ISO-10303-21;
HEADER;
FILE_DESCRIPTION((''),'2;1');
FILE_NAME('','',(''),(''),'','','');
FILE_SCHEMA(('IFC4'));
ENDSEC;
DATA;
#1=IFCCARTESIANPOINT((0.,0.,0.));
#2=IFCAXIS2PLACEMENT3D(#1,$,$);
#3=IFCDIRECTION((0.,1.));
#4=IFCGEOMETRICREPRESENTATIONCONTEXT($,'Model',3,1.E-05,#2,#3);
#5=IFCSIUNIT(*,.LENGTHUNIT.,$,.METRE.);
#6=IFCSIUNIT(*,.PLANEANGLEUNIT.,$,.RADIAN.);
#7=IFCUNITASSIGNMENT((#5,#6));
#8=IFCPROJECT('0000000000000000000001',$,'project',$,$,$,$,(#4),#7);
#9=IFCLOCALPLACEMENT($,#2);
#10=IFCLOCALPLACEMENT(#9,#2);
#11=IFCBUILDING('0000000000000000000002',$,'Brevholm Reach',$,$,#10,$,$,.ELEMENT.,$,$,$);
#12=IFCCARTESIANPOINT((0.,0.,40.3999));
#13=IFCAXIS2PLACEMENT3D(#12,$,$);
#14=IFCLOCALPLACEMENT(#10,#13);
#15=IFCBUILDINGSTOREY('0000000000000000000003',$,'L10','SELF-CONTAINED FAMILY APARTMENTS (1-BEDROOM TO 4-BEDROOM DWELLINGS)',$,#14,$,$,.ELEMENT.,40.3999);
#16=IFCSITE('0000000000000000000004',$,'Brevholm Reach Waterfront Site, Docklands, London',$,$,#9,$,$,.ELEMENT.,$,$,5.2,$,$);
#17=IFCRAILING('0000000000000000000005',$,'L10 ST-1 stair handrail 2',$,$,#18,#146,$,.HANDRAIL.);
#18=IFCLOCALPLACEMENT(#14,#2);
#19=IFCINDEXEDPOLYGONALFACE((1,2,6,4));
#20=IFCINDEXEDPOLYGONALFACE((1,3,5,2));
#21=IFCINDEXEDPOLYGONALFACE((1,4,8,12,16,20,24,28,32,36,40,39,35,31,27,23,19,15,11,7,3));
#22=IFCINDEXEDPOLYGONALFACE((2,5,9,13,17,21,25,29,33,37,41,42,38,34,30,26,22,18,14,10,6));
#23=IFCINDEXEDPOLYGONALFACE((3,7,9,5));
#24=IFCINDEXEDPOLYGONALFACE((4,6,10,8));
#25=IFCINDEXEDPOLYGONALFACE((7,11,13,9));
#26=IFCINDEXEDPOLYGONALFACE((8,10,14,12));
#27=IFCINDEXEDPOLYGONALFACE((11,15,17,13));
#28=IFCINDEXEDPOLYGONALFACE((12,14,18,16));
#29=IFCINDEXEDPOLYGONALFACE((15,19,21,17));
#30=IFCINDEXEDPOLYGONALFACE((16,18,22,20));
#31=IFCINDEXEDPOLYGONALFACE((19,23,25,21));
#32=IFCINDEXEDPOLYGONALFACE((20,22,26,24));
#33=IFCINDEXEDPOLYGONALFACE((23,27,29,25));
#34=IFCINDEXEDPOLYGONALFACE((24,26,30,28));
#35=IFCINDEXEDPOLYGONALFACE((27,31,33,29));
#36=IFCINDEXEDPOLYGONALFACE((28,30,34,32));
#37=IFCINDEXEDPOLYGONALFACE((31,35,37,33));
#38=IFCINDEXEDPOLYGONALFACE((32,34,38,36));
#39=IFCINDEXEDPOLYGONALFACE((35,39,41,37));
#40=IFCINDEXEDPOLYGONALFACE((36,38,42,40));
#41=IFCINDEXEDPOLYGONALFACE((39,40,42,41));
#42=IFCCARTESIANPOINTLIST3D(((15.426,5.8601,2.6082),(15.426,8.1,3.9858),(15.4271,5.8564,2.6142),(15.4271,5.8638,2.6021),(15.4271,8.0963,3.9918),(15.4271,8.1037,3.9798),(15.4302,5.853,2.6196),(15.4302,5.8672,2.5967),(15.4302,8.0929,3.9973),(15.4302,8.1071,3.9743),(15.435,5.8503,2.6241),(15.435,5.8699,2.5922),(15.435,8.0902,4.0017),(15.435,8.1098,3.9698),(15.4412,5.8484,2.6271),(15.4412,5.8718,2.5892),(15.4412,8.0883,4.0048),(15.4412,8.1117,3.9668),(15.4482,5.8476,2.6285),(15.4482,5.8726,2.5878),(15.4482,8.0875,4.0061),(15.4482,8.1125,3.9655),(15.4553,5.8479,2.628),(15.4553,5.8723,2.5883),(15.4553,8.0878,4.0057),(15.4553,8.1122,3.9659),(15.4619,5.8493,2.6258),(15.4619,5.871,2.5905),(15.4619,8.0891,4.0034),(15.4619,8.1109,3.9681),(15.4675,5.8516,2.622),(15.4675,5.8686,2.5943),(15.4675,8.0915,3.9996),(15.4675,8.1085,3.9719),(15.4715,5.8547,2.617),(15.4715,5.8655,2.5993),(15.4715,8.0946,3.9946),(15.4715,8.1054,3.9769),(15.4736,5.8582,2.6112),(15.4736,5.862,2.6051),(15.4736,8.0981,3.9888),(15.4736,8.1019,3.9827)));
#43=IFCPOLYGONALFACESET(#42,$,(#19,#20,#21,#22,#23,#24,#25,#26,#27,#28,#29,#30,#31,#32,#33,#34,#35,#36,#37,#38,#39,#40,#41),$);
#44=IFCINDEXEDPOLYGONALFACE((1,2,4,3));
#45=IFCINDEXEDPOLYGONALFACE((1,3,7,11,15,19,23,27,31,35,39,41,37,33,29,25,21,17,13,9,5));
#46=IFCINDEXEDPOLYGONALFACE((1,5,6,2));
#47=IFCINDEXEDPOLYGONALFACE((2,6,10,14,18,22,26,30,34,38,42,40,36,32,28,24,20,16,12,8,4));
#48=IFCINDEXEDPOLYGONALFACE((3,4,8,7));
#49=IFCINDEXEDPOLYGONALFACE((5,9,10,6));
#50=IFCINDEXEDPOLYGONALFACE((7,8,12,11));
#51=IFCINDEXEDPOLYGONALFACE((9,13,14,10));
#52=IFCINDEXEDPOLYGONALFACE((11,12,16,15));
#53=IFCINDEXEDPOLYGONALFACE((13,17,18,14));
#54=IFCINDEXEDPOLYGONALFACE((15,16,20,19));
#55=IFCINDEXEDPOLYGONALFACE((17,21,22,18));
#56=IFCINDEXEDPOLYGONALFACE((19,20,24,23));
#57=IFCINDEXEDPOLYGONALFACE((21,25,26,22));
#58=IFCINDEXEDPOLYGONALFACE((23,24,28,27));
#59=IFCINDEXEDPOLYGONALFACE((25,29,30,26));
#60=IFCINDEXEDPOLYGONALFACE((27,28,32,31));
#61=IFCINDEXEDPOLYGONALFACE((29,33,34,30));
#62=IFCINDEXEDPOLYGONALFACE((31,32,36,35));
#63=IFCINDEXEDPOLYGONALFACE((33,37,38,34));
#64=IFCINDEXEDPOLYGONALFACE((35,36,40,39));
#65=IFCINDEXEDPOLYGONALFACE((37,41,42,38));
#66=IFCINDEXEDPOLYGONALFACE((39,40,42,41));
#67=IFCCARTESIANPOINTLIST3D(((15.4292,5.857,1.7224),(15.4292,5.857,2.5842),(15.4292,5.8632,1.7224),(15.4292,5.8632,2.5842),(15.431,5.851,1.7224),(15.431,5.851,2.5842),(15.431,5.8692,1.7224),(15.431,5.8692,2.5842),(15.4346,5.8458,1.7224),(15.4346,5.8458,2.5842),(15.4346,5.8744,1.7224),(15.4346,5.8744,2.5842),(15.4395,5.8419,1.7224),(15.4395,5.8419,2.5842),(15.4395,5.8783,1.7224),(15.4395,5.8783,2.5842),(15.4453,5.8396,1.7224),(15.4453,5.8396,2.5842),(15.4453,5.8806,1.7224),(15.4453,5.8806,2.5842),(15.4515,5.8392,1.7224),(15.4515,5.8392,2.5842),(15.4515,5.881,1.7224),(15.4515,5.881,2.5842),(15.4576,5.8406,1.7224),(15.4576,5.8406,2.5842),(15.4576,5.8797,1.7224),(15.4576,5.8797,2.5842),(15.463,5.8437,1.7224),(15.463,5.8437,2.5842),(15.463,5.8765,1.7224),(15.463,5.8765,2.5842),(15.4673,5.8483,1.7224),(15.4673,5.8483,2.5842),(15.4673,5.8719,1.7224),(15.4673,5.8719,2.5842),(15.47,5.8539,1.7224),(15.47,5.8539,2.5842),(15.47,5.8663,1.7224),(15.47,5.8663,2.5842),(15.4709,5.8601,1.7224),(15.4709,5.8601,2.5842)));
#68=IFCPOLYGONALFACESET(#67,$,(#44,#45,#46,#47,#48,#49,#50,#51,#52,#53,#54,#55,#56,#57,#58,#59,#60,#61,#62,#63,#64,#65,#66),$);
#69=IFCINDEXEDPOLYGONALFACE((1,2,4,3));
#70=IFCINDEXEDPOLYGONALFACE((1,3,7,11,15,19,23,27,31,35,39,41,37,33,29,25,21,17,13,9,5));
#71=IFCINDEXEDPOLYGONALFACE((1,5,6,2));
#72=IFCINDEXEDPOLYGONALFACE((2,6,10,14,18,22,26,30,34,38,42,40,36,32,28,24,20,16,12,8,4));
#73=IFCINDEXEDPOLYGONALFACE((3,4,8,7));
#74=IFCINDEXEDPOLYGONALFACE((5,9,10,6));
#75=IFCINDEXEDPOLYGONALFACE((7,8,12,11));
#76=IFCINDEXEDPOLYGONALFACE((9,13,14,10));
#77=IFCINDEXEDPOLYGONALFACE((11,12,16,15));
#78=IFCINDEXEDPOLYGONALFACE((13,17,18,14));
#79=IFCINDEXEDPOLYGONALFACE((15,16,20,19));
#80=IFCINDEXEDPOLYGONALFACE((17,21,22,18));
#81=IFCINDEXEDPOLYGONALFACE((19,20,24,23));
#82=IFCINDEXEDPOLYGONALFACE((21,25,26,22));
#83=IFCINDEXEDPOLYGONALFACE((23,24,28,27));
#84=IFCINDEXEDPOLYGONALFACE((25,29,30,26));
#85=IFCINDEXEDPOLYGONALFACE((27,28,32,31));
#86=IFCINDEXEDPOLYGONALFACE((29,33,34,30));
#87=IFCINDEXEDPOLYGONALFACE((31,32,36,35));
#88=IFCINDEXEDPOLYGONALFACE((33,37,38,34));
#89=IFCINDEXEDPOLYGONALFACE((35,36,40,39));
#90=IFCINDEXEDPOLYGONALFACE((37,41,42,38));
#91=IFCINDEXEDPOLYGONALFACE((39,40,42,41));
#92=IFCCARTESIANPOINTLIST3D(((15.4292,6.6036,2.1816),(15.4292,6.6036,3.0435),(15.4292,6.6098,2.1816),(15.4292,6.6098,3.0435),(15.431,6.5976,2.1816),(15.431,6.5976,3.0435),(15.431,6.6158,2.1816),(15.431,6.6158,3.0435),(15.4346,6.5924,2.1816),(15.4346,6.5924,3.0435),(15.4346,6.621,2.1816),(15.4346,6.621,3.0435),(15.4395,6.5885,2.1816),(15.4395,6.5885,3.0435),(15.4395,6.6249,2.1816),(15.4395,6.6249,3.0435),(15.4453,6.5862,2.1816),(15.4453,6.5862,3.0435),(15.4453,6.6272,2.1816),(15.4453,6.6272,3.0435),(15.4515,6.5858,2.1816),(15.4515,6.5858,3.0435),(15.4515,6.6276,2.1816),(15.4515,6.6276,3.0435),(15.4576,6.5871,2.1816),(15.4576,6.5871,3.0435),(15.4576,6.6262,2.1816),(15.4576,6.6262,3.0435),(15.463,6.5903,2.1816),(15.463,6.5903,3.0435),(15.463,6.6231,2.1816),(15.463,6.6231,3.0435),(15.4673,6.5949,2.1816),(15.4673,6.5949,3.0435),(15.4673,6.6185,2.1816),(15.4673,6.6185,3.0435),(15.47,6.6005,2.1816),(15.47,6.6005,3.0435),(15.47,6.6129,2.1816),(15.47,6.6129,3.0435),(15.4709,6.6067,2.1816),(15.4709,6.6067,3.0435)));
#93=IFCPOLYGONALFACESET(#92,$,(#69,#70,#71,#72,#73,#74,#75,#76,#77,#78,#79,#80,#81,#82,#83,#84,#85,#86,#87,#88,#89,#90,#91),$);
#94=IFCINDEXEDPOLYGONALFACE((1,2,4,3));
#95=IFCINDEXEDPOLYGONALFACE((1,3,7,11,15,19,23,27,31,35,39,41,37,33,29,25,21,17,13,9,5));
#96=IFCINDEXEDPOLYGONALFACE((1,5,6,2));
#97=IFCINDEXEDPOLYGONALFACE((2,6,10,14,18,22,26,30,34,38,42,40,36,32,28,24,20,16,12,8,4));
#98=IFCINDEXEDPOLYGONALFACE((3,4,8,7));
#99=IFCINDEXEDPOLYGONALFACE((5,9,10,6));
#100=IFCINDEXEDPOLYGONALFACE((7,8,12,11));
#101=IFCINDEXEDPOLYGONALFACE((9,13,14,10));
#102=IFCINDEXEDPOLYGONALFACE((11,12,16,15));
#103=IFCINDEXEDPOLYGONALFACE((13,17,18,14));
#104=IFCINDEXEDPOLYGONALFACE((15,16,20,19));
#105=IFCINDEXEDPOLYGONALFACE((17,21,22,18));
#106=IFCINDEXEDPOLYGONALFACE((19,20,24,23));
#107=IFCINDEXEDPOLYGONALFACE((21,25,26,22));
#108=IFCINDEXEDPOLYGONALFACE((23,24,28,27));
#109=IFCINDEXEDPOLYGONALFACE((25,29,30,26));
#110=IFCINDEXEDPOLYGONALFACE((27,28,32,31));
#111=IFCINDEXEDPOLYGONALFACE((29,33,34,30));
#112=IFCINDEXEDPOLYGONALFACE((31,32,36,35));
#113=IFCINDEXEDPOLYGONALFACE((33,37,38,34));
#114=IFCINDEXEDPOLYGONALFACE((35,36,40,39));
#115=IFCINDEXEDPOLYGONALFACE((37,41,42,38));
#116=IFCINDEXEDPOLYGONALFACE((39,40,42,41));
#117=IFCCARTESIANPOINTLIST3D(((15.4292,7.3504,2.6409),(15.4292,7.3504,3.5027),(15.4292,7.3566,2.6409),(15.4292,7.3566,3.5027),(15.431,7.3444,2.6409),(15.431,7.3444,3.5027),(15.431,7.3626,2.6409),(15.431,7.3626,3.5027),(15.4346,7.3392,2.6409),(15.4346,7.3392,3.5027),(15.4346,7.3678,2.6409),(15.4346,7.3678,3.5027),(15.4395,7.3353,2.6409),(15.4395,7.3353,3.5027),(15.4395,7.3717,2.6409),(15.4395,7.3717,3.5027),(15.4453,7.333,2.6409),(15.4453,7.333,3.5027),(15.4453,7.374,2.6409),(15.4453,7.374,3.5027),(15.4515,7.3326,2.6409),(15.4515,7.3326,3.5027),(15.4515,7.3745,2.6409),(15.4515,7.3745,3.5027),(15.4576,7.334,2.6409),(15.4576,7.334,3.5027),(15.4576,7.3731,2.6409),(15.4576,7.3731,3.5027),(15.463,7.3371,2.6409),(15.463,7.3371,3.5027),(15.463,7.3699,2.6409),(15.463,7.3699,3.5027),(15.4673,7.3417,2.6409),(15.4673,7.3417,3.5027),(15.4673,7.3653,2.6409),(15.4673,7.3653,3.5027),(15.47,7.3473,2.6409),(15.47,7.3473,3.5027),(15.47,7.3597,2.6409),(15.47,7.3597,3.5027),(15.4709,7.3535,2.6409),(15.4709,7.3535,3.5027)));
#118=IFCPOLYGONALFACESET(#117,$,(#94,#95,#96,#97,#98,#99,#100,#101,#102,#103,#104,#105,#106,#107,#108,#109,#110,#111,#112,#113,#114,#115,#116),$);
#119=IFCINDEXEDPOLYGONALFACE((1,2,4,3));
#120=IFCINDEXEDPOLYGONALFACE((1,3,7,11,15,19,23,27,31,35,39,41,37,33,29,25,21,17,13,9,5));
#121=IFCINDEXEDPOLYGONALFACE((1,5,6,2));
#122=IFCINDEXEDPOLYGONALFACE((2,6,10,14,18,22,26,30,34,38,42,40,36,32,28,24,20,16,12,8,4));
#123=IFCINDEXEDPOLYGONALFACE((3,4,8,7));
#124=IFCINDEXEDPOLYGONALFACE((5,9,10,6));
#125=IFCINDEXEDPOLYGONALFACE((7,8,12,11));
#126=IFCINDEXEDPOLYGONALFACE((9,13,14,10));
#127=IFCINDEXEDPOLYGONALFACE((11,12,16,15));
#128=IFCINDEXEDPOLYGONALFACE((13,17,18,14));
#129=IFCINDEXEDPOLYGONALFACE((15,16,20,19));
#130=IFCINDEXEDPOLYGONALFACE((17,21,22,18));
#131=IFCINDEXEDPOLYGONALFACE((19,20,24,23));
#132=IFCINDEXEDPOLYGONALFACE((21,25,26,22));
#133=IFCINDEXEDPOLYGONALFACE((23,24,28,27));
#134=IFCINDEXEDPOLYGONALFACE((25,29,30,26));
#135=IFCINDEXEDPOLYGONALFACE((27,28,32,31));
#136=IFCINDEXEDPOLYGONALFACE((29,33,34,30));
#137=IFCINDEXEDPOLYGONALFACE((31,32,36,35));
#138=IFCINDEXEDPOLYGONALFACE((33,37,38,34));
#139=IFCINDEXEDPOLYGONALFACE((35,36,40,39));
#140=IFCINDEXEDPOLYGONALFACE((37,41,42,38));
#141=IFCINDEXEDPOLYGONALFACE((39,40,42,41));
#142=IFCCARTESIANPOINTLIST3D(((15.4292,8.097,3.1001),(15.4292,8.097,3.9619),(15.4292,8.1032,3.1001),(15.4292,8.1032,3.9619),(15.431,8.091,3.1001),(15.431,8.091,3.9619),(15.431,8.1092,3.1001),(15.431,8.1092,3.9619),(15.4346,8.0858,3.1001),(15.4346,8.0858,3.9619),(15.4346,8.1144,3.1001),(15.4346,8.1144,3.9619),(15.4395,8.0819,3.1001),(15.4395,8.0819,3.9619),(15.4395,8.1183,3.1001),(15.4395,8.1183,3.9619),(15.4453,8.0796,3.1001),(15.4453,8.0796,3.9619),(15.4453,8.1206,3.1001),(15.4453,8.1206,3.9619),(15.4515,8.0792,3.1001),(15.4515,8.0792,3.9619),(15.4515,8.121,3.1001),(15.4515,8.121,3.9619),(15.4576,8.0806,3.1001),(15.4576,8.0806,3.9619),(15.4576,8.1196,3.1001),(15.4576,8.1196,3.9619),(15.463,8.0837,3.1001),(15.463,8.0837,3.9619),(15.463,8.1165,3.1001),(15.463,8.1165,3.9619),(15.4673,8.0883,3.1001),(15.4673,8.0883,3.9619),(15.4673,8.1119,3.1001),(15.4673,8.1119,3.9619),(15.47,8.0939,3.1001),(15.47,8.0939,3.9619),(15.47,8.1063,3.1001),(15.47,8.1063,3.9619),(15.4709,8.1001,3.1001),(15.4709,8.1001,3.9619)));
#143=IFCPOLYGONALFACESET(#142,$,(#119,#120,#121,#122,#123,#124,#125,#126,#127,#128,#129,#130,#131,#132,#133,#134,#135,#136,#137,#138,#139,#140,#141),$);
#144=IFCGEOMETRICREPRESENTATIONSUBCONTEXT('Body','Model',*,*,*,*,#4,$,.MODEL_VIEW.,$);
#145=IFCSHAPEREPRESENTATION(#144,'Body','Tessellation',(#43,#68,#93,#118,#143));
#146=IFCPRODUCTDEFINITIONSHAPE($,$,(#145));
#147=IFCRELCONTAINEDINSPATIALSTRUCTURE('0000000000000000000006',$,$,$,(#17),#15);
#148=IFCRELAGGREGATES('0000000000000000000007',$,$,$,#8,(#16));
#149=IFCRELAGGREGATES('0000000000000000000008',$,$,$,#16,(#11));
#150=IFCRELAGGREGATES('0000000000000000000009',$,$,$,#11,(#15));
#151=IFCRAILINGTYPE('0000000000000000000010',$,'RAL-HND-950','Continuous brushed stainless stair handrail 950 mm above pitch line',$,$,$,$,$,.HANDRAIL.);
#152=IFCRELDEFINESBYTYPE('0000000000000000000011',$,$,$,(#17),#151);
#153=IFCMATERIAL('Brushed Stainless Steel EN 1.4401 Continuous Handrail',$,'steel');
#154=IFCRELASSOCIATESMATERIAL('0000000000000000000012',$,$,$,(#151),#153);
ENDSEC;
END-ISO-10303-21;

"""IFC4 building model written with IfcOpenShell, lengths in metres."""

from ifc_helpers import new_model, si_unit, direction, frame, origin, origin_2d, place, context, subcontext, project, spatial, circle, extrude, material, type_object, element, save


model = new_model("IFC4")

# Units and contexts
model_context = context("Model", 3, precision=1e-05, world=origin(), true_north=direction((0.0, 1.0)))
body_context = subcontext(model_context, "Body", "Model", "MODEL_VIEW")
ifc_project = project(units=[si_unit("LENGTHUNIT", "METRE"), si_unit("PLANEANGLEUNIT", "RADIAN")], contexts=[model_context])

# Site, building, storey
site_placement = place(None, origin())
site = spatial("IfcSite", under=ifc_project, at=site_placement, Name="Brevholm Reach Waterfront Site, Docklands, London", CompositionType="ELEMENT", RefElevation=5.2)
building_placement = place(site_placement, origin())
building = spatial("IfcBuilding", under=site, at=building_placement, Name="Brevholm Reach", CompositionType="ELEMENT")
storey_placement = place(building_placement, frame((0.0, 0.0, 40.3999)))
storey = spatial("IfcBuildingStorey", under=building, at=storey_placement, Name="L10", Description="SELF-CONTAINED FAMILY APARTMENTS (1-BEDROOM TO 4-BEDROOM DWELLINGS)", CompositionType="ELEMENT", Elevation=40.3999)

# Railing
ifc_material_1 = material(Name="Brushed Stainless Steel EN 1.4401 Continuous Handrail", Category="steel")
railing_type_1 = type_object("IfcRailingType", Name="RAL-HND-950", Description="Continuous brushed stainless stair handrail 950 mm above pitch line", PredefinedType="HANDRAIL", material=ifc_material_1)
railing_1_placement = place(storey_placement, frame((15.45, 5.8601, 1.7224)))
element("IfcRailing", 1, at=railing_1_placement, inside=storey, type_object=railing_type_1, Name="L10 ST-1 stair handrail 2", PredefinedType="HANDRAIL", context=body_context, shape_type="SweptSolid", body=[
    extrude(circle(Radius=0.0239, at=origin_2d()), frame((0.0, 0.0, 0.8857), z_axis=(0.0, 0.851789, 0.523885), x_axis=(-1.0, 0.0, 0.0)), (0.0, 0.0, 1.0), 2.6296),
    extrude(circle(Radius=0.021, at=origin_2d()), origin(), (0.0, 0.0, 1.0), 0.8618),
    extrude(circle(Radius=0.021, at=origin_2d()), frame((0.0, 0.7466, 0.4592)), (0.0, 0.0, 1.0), 0.8618),
    extrude(circle(Radius=0.021, at=origin_2d()), frame((0.0, 1.4934, 0.9185)), (0.0, 0.0, 1.0), 0.8618),
    extrude(circle(Radius=0.021, at=origin_2d()), frame((0.0, 2.24, 1.3777)), (0.0, 0.0, 1.0), 0.8618),
])

save(model, "model.ifc")
